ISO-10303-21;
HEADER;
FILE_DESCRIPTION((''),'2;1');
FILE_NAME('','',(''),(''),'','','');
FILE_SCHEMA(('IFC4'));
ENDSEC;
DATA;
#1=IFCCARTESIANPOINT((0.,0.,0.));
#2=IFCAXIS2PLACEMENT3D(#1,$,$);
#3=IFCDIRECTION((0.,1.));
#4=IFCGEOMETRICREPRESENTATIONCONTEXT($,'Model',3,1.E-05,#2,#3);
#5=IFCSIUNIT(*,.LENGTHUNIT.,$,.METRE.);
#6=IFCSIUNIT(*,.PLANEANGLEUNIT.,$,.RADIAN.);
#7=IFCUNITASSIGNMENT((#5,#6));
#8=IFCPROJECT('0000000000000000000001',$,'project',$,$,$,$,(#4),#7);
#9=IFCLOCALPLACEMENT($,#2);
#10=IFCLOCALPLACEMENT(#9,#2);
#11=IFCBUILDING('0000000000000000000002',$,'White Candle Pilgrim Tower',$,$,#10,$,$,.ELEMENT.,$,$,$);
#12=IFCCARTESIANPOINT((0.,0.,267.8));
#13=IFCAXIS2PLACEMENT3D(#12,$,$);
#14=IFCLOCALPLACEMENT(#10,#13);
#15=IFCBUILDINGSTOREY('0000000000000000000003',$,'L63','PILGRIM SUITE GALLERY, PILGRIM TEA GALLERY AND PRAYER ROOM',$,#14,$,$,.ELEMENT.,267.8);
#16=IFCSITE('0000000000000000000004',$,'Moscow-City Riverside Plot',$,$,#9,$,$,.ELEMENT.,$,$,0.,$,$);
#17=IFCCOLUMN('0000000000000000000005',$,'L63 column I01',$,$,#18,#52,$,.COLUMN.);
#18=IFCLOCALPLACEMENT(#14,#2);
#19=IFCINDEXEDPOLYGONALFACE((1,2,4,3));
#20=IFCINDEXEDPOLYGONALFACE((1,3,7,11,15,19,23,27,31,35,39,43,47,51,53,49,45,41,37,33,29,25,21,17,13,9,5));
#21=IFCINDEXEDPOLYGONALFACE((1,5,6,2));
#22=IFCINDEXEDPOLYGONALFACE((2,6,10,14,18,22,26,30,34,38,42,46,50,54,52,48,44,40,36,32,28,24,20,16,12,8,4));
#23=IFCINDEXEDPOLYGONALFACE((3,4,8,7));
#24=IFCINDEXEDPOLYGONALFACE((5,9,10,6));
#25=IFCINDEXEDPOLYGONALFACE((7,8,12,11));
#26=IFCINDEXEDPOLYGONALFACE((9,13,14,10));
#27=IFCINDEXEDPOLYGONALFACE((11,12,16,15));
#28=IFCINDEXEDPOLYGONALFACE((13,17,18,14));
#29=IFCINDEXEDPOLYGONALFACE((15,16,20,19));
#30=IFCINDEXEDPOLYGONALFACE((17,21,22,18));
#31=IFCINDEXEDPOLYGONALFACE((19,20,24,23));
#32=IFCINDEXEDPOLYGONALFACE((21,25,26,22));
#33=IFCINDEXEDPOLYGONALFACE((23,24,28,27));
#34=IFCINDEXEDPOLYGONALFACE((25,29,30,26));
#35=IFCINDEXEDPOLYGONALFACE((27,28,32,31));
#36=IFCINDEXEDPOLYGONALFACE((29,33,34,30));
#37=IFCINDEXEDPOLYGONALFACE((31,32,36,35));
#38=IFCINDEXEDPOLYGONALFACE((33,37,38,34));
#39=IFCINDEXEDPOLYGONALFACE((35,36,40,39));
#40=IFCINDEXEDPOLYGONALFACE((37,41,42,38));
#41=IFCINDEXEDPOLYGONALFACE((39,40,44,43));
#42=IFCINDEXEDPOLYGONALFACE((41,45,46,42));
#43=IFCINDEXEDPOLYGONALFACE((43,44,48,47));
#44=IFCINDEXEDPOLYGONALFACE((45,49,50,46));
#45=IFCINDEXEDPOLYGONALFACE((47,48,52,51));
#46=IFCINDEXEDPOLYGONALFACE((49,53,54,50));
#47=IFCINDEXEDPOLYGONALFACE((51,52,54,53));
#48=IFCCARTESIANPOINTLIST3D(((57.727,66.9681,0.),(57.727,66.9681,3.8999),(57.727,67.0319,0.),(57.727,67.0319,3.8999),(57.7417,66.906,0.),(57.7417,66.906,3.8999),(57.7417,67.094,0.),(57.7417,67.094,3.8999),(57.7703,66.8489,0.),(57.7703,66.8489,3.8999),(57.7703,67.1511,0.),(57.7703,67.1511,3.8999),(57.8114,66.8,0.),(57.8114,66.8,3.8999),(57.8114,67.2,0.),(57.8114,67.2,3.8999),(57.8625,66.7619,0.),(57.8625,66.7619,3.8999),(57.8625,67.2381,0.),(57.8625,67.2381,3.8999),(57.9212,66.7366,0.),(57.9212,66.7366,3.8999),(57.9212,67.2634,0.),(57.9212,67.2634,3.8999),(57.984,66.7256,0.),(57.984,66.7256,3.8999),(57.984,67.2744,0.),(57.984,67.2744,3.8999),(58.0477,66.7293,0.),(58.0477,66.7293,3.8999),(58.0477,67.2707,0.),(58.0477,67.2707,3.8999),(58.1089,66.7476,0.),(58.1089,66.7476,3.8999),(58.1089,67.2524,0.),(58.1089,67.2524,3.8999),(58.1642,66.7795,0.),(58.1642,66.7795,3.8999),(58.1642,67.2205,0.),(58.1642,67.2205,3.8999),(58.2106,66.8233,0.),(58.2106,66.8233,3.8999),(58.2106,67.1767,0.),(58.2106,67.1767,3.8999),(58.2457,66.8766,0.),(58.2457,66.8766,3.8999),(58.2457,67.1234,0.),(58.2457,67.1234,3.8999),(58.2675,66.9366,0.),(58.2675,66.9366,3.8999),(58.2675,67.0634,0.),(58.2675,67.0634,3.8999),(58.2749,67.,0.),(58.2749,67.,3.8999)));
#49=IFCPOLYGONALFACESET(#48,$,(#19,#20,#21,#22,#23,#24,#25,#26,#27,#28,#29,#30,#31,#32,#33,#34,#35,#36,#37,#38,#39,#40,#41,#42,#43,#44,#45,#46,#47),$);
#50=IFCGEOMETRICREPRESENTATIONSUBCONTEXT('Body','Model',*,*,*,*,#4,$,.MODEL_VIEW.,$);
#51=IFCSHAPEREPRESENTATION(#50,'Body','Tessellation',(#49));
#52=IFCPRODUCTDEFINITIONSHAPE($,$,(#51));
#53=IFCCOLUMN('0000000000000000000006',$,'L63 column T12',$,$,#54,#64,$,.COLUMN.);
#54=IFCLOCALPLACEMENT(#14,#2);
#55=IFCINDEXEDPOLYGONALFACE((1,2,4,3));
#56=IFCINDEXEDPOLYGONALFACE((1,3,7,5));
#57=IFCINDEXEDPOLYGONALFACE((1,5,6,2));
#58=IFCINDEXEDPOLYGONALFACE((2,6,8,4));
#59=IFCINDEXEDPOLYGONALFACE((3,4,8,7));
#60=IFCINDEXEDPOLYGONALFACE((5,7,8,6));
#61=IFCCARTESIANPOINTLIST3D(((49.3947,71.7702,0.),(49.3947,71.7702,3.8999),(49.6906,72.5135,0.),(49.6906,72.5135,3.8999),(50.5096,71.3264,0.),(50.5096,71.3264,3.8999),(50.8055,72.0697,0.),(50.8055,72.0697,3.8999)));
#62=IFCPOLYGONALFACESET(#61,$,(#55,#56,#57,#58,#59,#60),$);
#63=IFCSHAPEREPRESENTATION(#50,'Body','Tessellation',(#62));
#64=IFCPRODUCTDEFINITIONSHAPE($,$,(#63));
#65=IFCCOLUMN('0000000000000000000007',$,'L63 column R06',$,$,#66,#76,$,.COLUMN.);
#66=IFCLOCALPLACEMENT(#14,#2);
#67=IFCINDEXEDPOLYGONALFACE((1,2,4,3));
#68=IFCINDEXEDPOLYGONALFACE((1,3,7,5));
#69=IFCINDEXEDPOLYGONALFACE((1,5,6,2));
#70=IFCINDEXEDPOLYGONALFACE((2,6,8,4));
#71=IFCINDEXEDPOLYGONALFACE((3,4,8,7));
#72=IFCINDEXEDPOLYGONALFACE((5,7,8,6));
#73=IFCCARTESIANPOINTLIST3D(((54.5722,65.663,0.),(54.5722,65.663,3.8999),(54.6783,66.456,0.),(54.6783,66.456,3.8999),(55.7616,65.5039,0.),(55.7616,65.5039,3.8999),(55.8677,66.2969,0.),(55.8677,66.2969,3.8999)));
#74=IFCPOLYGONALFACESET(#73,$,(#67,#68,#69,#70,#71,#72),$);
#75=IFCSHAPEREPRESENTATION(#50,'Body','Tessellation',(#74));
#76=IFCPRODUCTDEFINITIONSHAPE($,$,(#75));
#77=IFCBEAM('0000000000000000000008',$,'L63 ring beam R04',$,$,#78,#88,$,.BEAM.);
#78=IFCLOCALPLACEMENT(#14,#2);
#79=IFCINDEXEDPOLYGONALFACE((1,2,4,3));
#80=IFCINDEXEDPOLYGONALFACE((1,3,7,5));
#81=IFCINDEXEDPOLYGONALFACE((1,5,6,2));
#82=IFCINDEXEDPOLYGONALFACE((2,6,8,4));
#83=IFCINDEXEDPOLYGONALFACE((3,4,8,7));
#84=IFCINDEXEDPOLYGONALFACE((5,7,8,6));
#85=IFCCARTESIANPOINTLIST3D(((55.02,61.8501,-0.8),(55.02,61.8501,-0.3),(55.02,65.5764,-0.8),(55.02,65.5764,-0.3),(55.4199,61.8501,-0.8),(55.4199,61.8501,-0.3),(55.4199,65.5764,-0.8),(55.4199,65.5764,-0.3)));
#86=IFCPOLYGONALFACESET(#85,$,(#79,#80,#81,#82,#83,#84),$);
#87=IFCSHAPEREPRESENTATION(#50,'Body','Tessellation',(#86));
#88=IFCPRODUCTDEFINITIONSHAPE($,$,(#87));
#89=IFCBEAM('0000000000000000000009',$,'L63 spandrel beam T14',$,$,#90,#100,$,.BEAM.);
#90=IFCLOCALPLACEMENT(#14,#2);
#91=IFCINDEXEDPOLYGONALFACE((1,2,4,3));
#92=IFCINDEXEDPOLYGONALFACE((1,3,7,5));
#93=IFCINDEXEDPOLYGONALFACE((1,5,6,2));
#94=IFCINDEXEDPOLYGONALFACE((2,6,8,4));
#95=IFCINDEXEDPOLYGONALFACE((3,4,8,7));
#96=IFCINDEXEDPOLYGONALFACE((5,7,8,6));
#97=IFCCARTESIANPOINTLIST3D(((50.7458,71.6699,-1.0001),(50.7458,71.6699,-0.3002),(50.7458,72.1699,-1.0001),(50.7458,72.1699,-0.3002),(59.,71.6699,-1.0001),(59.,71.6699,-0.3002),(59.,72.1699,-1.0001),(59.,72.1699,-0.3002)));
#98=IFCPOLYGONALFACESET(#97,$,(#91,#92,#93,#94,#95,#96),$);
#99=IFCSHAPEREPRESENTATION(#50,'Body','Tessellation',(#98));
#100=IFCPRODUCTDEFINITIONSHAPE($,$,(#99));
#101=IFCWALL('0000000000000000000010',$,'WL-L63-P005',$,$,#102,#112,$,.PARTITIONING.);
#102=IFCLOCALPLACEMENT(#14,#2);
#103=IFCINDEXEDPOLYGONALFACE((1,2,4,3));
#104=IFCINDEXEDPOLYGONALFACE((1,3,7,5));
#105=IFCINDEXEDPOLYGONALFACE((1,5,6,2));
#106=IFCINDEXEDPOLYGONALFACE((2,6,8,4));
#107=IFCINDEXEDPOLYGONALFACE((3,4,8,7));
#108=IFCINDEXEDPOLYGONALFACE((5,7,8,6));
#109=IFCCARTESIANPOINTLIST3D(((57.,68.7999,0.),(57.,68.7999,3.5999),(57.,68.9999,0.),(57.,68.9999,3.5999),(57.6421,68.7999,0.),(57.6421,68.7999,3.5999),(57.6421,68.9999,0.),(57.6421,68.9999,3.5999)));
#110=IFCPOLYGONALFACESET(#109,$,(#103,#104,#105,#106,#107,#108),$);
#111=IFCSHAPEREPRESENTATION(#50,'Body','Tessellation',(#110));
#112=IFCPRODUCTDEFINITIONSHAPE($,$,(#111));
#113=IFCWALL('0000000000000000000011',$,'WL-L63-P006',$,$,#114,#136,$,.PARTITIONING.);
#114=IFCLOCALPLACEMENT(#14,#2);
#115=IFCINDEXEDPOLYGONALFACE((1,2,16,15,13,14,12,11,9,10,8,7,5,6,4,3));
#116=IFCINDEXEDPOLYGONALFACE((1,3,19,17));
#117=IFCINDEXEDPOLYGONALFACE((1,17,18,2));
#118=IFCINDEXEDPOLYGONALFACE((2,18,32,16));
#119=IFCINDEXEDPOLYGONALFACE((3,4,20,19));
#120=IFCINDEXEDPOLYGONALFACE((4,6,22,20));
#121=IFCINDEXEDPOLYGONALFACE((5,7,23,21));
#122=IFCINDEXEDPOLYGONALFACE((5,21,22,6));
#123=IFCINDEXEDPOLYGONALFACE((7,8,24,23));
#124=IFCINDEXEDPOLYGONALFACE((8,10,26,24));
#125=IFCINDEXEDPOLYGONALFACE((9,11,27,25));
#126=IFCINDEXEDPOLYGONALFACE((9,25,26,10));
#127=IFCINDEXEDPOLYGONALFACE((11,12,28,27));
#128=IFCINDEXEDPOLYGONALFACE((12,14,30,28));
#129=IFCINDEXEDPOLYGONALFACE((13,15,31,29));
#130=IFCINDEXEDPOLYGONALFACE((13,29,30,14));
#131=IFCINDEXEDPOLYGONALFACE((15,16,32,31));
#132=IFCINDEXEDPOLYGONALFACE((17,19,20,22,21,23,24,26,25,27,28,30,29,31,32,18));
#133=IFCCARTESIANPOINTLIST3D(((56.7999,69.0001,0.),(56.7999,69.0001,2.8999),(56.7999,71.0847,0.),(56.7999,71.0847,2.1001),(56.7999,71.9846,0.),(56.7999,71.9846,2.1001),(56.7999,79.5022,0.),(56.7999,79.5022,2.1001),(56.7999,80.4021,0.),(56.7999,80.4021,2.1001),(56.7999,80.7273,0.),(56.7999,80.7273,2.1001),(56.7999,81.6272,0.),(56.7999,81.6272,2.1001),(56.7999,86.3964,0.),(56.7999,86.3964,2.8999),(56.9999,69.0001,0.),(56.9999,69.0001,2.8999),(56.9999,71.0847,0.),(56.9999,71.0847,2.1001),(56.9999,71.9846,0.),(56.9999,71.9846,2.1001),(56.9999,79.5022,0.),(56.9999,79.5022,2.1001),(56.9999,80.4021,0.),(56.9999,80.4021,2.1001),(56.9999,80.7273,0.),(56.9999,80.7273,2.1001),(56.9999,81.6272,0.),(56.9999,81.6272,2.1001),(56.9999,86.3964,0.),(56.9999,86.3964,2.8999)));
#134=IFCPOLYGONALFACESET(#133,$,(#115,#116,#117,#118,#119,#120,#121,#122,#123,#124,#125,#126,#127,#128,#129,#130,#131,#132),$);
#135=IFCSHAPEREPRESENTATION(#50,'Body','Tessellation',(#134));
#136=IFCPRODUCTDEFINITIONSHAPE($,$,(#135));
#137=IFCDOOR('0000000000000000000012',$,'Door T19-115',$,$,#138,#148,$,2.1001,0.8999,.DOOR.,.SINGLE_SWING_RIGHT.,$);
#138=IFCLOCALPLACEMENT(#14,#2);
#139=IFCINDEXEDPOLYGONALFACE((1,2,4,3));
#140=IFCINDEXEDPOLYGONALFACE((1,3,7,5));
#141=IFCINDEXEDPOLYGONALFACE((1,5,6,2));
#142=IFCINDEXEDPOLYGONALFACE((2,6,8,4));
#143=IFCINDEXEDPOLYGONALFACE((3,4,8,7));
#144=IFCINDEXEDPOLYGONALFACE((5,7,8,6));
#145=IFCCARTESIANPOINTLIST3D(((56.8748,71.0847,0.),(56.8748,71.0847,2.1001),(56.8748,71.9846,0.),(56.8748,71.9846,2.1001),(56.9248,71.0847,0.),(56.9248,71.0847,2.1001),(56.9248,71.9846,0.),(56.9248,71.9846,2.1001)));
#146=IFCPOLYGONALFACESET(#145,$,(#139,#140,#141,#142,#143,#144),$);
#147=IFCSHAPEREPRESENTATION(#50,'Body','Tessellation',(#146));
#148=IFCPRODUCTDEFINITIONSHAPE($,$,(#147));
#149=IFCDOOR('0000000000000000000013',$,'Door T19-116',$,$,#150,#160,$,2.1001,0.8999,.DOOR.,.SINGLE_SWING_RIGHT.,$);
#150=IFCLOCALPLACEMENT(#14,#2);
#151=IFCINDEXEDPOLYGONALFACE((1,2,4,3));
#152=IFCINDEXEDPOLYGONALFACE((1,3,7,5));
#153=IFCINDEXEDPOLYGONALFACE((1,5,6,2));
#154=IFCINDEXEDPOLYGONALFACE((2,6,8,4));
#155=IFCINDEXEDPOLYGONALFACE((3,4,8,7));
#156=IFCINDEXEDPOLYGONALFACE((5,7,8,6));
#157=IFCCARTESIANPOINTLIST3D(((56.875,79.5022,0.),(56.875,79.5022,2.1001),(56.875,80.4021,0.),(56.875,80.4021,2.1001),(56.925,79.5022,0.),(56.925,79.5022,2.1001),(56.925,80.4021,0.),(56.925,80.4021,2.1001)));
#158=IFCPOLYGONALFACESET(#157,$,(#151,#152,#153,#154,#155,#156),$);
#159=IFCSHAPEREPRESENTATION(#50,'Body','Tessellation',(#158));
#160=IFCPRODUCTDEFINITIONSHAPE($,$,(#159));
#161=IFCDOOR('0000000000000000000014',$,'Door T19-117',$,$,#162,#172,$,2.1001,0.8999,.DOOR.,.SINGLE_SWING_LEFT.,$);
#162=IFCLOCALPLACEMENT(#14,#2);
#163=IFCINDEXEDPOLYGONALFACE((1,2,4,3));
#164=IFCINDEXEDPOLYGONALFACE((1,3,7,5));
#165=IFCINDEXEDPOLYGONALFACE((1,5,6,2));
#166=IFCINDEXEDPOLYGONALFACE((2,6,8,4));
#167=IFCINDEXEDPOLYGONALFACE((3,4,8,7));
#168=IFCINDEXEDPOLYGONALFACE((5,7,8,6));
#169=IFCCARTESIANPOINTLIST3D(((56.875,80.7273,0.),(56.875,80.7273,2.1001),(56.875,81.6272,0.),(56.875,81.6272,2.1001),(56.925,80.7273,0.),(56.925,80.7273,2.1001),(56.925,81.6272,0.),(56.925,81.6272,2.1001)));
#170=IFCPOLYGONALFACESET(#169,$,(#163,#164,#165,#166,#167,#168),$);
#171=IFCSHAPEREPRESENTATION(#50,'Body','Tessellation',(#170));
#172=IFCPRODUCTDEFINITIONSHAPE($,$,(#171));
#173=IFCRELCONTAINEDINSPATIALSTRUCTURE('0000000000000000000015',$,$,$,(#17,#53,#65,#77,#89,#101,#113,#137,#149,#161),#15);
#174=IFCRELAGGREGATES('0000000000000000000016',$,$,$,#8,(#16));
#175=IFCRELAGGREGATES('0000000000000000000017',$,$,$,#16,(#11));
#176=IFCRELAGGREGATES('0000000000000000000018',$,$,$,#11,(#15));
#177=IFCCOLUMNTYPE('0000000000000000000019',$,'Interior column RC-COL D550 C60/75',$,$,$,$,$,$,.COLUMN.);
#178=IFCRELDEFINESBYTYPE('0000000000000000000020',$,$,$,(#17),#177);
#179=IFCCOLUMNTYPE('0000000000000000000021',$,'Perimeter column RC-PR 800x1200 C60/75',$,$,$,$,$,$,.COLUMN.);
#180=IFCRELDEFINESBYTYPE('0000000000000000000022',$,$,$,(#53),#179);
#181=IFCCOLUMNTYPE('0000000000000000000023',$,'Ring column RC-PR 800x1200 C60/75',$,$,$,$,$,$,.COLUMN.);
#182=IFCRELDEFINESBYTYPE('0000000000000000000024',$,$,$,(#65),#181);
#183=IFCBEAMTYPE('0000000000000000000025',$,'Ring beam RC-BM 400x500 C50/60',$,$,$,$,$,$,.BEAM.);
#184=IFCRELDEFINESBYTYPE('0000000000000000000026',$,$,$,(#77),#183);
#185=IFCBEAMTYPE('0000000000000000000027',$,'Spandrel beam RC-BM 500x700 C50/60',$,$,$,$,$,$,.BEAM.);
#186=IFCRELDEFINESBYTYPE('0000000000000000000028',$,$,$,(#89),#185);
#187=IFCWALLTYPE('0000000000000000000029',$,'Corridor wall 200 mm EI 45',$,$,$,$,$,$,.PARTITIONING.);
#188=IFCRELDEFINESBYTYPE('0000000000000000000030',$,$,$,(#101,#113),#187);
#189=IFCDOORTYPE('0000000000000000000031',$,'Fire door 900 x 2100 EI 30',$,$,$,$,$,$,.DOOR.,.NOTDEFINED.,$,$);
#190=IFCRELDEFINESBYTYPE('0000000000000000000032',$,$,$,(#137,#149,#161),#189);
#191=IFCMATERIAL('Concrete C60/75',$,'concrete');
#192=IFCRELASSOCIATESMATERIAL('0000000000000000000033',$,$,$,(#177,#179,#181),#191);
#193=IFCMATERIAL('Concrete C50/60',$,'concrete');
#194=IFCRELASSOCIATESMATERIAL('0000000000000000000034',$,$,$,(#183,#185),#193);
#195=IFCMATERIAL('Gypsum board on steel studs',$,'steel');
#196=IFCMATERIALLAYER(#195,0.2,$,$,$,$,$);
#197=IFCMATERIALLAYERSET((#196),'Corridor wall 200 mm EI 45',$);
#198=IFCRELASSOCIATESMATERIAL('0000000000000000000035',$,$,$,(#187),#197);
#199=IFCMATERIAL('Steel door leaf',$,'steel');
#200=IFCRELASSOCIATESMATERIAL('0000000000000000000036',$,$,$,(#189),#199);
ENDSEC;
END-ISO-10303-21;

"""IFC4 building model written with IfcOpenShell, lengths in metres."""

from ifc_helpers import new_model, si_unit, direction, frame, frame_2d, origin, origin_2d, place, context, subcontext, project, spatial, rectangle, circle, extrude, material, layer, layer_set, material_profile, profile_set, type_object, element, fill, save


model = new_model("IFC4")

# Units and contexts
model_context = context("Model", 3, precision=1e-05, world=origin(), true_north=direction((0.0, 1.0)))
body_context = subcontext(model_context, "Body", "Model", "MODEL_VIEW")
ifc_project = project(units=[si_unit("LENGTHUNIT", "METRE"), si_unit("PLANEANGLEUNIT", "RADIAN")], contexts=[model_context])

# Site, building, storey
site_placement = place(None, origin())
site = spatial("IfcSite", under=ifc_project, at=site_placement, Name="Moscow-City Riverside Plot", CompositionType="ELEMENT", RefElevation=0.0)
building_placement = place(site_placement, origin())
building = spatial("IfcBuilding", under=site, at=building_placement, Name="White Candle Pilgrim Tower", CompositionType="ELEMENT")
storey_placement = place(building_placement, frame((0.0, 0.0, 267.8)))
storey = spatial("IfcBuildingStorey", under=building, at=storey_placement, Name="L63", Description="PILGRIM SUITE GALLERY, PILGRIM TEA GALLERY AND PRAYER ROOM", CompositionType="ELEMENT", Elevation=267.8)

# Columns
ifc_material_1 = material(Name="Concrete C60/75", Category="concrete")
ifc_material_profile_1 = material_profile(ifc_material_1, circle(Radius=0.2749, at=origin_2d()), Name="RC-COL D550")
ifc_profile_set_1 = profile_set([ifc_material_profile_1], Name="Concrete C60/75")
column_type_1 = type_object("IfcColumnType", Name="Interior column RC-COL D550 C60/75", PredefinedType="COLUMN", material=ifc_profile_set_1)
column_1_placement = place(storey_placement, frame((58.0, 67.0, 0.0), z_axis=(0.0, 0.0, 1.0), x_axis=(1.0, 0.0, 0.0)))
element("IfcColumn", 1, at=column_1_placement, inside=storey, type_object=column_type_1, Name="L63 column I01", PredefinedType="COLUMN", context=body_context, shape_type="SweptSolid", body=[
    extrude(circle(Radius=0.2749, at=origin_2d()), origin(), (0.0, 0.0, 1.0), 3.8999),
])
ifc_material_profile_2 = material_profile(ifc_material_1, rectangle(XDim=0.8, YDim=1.2, at=origin_2d()), Name="RC-PR 800x1200")
ifc_profile_set_2 = profile_set([ifc_material_profile_2], Name="Concrete C60/75")
column_type_2 = type_object("IfcColumnType", Name="Perimeter column RC-PR 800x1200 C60/75", PredefinedType="COLUMN", material=ifc_profile_set_2)
column_2_placement = place(storey_placement, frame((50.1001, 71.9199, 0.0), z_axis=(0.0, 0.0, 1.0), x_axis=(0.36986, 0.929087, 0.0)))
element("IfcColumn", 2, at=column_2_placement, inside=storey, type_object=column_type_2, Name="L63 column T12", PredefinedType="COLUMN", context=body_context, shape_type="SweptSolid", body=[
    extrude(rectangle(XDim=0.8, YDim=1.2, at=origin_2d()), origin(), (0.0, 0.0, 1.0), 3.8999),
])
ifc_material_profile_3 = material_profile(ifc_material_1, rectangle(XDim=0.8, YDim=1.2, at=origin_2d()), Name="RC-PR 800x1200")
ifc_profile_set_3 = profile_set([ifc_material_profile_3], Name="Concrete C60/75")
column_type_3 = type_object("IfcColumnType", Name="Ring column RC-PR 800x1200 C60/75", PredefinedType="COLUMN", material=ifc_profile_set_3)
column_3_placement = place(storey_placement, frame((55.22, 65.98, 0.0), z_axis=(0.0, 0.0, 1.0), x_axis=(0.132602, 0.991169, 0.0)))
element("IfcColumn", 3, at=column_3_placement, inside=storey, type_object=column_type_3, Name="L63 column R06", PredefinedType="COLUMN", context=body_context, shape_type="SweptSolid", body=[
    extrude(rectangle(XDim=0.8, YDim=1.2, at=origin_2d()), origin(), (0.0, 0.0, 1.0), 3.8999),
])

# Beams
ifc_material_2 = material(Name="Concrete C50/60", Category="concrete")
ifc_material_profile_4 = material_profile(ifc_material_2, rectangle(XDim=0.3999, YDim=0.5, at=origin_2d()), Name="RC-BM 400x500")
ifc_profile_set_4 = profile_set([ifc_material_profile_4], Name="Concrete C50/60")
beam_type_1 = type_object("IfcBeamType", Name="Ring beam RC-BM 400x500 C50/60", PredefinedType="BEAM", material=ifc_profile_set_4)
beam_1_placement = place(storey_placement, frame((55.22, 65.5764, -0.55), z_axis=(0.0, -1.0, 0.0), x_axis=(1.0, 0.0, 0.0)))
element("IfcBeam", 4, at=beam_1_placement, inside=storey, type_object=beam_type_1, Name="L63 ring beam R04", PredefinedType="BEAM", context=body_context, shape_type="SweptSolid", body=[
    extrude(rectangle(XDim=0.3999, YDim=0.5, at=origin_2d()), origin(), (0.0, 0.0, 1.0), 3.7263),
])
ifc_material_profile_5 = material_profile(ifc_material_2, rectangle(XDim=0.5, YDim=0.7, at=origin_2d()), Name="RC-BM 500x700")
ifc_profile_set_5 = profile_set([ifc_material_profile_5], Name="Concrete C50/60")
beam_type_2 = type_object("IfcBeamType", Name="Spandrel beam RC-BM 500x700 C50/60", PredefinedType="BEAM", material=ifc_profile_set_5)
beam_2_placement = place(storey_placement, frame((50.7458, 71.9199, -0.6501), z_axis=(1.0, 0.0, 0.0), x_axis=(0.0, 1.0, 0.0)))
element("IfcBeam", 5, at=beam_2_placement, inside=storey, type_object=beam_type_2, Name="L63 spandrel beam T14", PredefinedType="BEAM", context=body_context, shape_type="SweptSolid", body=[
    extrude(rectangle(XDim=0.5, YDim=0.7, at=origin_2d()), origin(), (0.0, 0.0, 1.0), 8.2542),
])

# Wall
ifc_material_3 = material(Name="Gypsum board on steel studs", Category="steel")
ifc_layer_1 = layer(ifc_material_3, 0.2)
ifc_layer_set_1 = layer_set([ifc_layer_1], Name="Corridor wall 200 mm EI 45")
wall_type_1 = type_object("IfcWallType", Name="Corridor wall 200 mm EI 45", PredefinedType="PARTITIONING", material=ifc_layer_set_1)
wall_1_placement = place(storey_placement, frame((57.6421, 68.8999, 0.0), z_axis=(0.0, 0.0, 1.0), x_axis=(-1.0, 0.0, 0.0)))
element("IfcWall", 6, at=wall_1_placement, inside=storey, type_object=wall_type_1, Name="WL-L63-P005", PredefinedType="PARTITIONING", context=body_context, shape_type="SweptSolid", body=[
    extrude(rectangle(XDim=0.6421, YDim=0.2, at=frame_2d((0.321, 0.0))), origin(), (0.0, 0.0, 1.0), 3.5999),
])

# Wall, openings, doors
wall_2_placement = place(storey_placement, frame((56.8999, 69.0, 0.0), z_axis=(0.0, 0.0, 1.0), x_axis=(0.0, 1.0, 0.0)))
wall_2 = element("IfcWall", 7, at=wall_2_placement, inside=storey, type_object=wall_type_1, Name="WL-L63-P006", PredefinedType="PARTITIONING", context=body_context, shape_type="SweptSolid", body=[
    extrude(rectangle(XDim=17.3962, YDim=0.2, at=frame_2d((8.6982, 0.0))), origin(), (0.0, 0.0, 1.0), 2.8999),
])
opening_1_placement = place(wall_2_placement, frame((2.0847, 0.0, 0.0)))
opening_1 = element("IfcOpeningElement", 8, at=opening_1_placement, cuts=wall_2, PredefinedType="OPENING", context=body_context, shape_type="SweptSolid", body=[
    extrude(rectangle(XDim=0.8999, YDim=2.1001, at=frame_2d((0.45, 1.05))), frame((0.0, 0.1099, 0.0), z_axis=(0.0, -1.0, 0.0), x_axis=(1.0, 0.0, 0.0)), (0.0, 0.0, 1.0), 0.22),
])
opening_2_placement = place(wall_2_placement, frame((10.5022, 0.0, 0.0)))
opening_2 = element("IfcOpeningElement", 9, at=opening_2_placement, cuts=wall_2, PredefinedType="OPENING", context=body_context, shape_type="SweptSolid", body=[
    extrude(rectangle(XDim=0.8999, YDim=2.1001, at=frame_2d((0.45, 1.05))), frame((0.0, 0.1099, 0.0), z_axis=(0.0, -1.0, 0.0), x_axis=(1.0, 0.0, 0.0)), (0.0, 0.0, 1.0), 0.22),
])
opening_3_placement = place(wall_2_placement, frame((11.7273, 0.0, 0.0)))
opening_3 = element("IfcOpeningElement", 10, at=opening_3_placement, cuts=wall_2, PredefinedType="OPENING", context=body_context, shape_type="SweptSolid", body=[
    extrude(rectangle(XDim=0.8999, YDim=2.1001, at=frame_2d((0.45, 1.05))), frame((0.0, 0.1099, 0.0), z_axis=(0.0, -1.0, 0.0), x_axis=(1.0, 0.0, 0.0)), (0.0, 0.0, 1.0), 0.22),
])
ifc_material_4 = material(Name="Steel door leaf", Category="steel")
door_type_1 = type_object("IfcDoorType", Name="Fire door 900 x 2100 EI 30", OperationType="NOTDEFINED", PredefinedType="DOOR", material=ifc_material_4)
door_1_placement = place(opening_1_placement, frame((0.8999, 0.0, 0.0), z_axis=(0.0, 0.0, 1.0), x_axis=(-1.0, 0.0, 0.0)))
door_1 = element("IfcDoor", 11, at=door_1_placement, inside=storey, type_object=door_type_1, Name="Door T19-115", OperationType="SINGLE_SWING_RIGHT", OverallHeight=2.1001, OverallWidth=0.8999, PredefinedType="DOOR", context=body_context, shape_type="SweptSolid", body=[
    extrude(rectangle(XDim=0.8999, YDim=2.1001, at=frame_2d((0.45, 1.05))), frame((0.0, 0.0249, 0.0), z_axis=(0.0, -1.0, 0.0), x_axis=(1.0, 0.0, 0.0)), (0.0, 0.0, 1.0), 0.05),
])
fill(opening_1, door_1)
door_2_placement = place(opening_2_placement, origin())
door_2 = element("IfcDoor", 12, at=door_2_placement, inside=storey, type_object=door_type_1, Name="Door T19-116", OperationType="SINGLE_SWING_RIGHT", OverallHeight=2.1001, OverallWidth=0.8999, PredefinedType="DOOR", context=body_context, shape_type="SweptSolid", body=[
    extrude(rectangle(XDim=0.8999, YDim=2.1001, at=frame_2d((0.45, 1.05))), frame((0.0, 0.0249, 0.0), z_axis=(0.0, -1.0, 0.0), x_axis=(1.0, 0.0, 0.0)), (0.0, 0.0, 1.0), 0.05),
])
fill(opening_2, door_2)
door_3_placement = place(opening_3_placement, origin())
door_3 = element("IfcDoor", 13, at=door_3_placement, inside=storey, type_object=door_type_1, Name="Door T19-117", OperationType="SINGLE_SWING_LEFT", OverallHeight=2.1001, OverallWidth=0.8999, PredefinedType="DOOR", context=body_context, shape_type="SweptSolid", body=[
    extrude(rectangle(XDim=0.8999, YDim=2.1001, at=frame_2d((0.45, 1.05))), frame((0.0, 0.0249, 0.0), z_axis=(0.0, -1.0, 0.0), x_axis=(1.0, 0.0, 0.0)), (0.0, 0.0, 1.0), 0.05),
])
fill(opening_3, door_3)

save(model, "model.ifc")
